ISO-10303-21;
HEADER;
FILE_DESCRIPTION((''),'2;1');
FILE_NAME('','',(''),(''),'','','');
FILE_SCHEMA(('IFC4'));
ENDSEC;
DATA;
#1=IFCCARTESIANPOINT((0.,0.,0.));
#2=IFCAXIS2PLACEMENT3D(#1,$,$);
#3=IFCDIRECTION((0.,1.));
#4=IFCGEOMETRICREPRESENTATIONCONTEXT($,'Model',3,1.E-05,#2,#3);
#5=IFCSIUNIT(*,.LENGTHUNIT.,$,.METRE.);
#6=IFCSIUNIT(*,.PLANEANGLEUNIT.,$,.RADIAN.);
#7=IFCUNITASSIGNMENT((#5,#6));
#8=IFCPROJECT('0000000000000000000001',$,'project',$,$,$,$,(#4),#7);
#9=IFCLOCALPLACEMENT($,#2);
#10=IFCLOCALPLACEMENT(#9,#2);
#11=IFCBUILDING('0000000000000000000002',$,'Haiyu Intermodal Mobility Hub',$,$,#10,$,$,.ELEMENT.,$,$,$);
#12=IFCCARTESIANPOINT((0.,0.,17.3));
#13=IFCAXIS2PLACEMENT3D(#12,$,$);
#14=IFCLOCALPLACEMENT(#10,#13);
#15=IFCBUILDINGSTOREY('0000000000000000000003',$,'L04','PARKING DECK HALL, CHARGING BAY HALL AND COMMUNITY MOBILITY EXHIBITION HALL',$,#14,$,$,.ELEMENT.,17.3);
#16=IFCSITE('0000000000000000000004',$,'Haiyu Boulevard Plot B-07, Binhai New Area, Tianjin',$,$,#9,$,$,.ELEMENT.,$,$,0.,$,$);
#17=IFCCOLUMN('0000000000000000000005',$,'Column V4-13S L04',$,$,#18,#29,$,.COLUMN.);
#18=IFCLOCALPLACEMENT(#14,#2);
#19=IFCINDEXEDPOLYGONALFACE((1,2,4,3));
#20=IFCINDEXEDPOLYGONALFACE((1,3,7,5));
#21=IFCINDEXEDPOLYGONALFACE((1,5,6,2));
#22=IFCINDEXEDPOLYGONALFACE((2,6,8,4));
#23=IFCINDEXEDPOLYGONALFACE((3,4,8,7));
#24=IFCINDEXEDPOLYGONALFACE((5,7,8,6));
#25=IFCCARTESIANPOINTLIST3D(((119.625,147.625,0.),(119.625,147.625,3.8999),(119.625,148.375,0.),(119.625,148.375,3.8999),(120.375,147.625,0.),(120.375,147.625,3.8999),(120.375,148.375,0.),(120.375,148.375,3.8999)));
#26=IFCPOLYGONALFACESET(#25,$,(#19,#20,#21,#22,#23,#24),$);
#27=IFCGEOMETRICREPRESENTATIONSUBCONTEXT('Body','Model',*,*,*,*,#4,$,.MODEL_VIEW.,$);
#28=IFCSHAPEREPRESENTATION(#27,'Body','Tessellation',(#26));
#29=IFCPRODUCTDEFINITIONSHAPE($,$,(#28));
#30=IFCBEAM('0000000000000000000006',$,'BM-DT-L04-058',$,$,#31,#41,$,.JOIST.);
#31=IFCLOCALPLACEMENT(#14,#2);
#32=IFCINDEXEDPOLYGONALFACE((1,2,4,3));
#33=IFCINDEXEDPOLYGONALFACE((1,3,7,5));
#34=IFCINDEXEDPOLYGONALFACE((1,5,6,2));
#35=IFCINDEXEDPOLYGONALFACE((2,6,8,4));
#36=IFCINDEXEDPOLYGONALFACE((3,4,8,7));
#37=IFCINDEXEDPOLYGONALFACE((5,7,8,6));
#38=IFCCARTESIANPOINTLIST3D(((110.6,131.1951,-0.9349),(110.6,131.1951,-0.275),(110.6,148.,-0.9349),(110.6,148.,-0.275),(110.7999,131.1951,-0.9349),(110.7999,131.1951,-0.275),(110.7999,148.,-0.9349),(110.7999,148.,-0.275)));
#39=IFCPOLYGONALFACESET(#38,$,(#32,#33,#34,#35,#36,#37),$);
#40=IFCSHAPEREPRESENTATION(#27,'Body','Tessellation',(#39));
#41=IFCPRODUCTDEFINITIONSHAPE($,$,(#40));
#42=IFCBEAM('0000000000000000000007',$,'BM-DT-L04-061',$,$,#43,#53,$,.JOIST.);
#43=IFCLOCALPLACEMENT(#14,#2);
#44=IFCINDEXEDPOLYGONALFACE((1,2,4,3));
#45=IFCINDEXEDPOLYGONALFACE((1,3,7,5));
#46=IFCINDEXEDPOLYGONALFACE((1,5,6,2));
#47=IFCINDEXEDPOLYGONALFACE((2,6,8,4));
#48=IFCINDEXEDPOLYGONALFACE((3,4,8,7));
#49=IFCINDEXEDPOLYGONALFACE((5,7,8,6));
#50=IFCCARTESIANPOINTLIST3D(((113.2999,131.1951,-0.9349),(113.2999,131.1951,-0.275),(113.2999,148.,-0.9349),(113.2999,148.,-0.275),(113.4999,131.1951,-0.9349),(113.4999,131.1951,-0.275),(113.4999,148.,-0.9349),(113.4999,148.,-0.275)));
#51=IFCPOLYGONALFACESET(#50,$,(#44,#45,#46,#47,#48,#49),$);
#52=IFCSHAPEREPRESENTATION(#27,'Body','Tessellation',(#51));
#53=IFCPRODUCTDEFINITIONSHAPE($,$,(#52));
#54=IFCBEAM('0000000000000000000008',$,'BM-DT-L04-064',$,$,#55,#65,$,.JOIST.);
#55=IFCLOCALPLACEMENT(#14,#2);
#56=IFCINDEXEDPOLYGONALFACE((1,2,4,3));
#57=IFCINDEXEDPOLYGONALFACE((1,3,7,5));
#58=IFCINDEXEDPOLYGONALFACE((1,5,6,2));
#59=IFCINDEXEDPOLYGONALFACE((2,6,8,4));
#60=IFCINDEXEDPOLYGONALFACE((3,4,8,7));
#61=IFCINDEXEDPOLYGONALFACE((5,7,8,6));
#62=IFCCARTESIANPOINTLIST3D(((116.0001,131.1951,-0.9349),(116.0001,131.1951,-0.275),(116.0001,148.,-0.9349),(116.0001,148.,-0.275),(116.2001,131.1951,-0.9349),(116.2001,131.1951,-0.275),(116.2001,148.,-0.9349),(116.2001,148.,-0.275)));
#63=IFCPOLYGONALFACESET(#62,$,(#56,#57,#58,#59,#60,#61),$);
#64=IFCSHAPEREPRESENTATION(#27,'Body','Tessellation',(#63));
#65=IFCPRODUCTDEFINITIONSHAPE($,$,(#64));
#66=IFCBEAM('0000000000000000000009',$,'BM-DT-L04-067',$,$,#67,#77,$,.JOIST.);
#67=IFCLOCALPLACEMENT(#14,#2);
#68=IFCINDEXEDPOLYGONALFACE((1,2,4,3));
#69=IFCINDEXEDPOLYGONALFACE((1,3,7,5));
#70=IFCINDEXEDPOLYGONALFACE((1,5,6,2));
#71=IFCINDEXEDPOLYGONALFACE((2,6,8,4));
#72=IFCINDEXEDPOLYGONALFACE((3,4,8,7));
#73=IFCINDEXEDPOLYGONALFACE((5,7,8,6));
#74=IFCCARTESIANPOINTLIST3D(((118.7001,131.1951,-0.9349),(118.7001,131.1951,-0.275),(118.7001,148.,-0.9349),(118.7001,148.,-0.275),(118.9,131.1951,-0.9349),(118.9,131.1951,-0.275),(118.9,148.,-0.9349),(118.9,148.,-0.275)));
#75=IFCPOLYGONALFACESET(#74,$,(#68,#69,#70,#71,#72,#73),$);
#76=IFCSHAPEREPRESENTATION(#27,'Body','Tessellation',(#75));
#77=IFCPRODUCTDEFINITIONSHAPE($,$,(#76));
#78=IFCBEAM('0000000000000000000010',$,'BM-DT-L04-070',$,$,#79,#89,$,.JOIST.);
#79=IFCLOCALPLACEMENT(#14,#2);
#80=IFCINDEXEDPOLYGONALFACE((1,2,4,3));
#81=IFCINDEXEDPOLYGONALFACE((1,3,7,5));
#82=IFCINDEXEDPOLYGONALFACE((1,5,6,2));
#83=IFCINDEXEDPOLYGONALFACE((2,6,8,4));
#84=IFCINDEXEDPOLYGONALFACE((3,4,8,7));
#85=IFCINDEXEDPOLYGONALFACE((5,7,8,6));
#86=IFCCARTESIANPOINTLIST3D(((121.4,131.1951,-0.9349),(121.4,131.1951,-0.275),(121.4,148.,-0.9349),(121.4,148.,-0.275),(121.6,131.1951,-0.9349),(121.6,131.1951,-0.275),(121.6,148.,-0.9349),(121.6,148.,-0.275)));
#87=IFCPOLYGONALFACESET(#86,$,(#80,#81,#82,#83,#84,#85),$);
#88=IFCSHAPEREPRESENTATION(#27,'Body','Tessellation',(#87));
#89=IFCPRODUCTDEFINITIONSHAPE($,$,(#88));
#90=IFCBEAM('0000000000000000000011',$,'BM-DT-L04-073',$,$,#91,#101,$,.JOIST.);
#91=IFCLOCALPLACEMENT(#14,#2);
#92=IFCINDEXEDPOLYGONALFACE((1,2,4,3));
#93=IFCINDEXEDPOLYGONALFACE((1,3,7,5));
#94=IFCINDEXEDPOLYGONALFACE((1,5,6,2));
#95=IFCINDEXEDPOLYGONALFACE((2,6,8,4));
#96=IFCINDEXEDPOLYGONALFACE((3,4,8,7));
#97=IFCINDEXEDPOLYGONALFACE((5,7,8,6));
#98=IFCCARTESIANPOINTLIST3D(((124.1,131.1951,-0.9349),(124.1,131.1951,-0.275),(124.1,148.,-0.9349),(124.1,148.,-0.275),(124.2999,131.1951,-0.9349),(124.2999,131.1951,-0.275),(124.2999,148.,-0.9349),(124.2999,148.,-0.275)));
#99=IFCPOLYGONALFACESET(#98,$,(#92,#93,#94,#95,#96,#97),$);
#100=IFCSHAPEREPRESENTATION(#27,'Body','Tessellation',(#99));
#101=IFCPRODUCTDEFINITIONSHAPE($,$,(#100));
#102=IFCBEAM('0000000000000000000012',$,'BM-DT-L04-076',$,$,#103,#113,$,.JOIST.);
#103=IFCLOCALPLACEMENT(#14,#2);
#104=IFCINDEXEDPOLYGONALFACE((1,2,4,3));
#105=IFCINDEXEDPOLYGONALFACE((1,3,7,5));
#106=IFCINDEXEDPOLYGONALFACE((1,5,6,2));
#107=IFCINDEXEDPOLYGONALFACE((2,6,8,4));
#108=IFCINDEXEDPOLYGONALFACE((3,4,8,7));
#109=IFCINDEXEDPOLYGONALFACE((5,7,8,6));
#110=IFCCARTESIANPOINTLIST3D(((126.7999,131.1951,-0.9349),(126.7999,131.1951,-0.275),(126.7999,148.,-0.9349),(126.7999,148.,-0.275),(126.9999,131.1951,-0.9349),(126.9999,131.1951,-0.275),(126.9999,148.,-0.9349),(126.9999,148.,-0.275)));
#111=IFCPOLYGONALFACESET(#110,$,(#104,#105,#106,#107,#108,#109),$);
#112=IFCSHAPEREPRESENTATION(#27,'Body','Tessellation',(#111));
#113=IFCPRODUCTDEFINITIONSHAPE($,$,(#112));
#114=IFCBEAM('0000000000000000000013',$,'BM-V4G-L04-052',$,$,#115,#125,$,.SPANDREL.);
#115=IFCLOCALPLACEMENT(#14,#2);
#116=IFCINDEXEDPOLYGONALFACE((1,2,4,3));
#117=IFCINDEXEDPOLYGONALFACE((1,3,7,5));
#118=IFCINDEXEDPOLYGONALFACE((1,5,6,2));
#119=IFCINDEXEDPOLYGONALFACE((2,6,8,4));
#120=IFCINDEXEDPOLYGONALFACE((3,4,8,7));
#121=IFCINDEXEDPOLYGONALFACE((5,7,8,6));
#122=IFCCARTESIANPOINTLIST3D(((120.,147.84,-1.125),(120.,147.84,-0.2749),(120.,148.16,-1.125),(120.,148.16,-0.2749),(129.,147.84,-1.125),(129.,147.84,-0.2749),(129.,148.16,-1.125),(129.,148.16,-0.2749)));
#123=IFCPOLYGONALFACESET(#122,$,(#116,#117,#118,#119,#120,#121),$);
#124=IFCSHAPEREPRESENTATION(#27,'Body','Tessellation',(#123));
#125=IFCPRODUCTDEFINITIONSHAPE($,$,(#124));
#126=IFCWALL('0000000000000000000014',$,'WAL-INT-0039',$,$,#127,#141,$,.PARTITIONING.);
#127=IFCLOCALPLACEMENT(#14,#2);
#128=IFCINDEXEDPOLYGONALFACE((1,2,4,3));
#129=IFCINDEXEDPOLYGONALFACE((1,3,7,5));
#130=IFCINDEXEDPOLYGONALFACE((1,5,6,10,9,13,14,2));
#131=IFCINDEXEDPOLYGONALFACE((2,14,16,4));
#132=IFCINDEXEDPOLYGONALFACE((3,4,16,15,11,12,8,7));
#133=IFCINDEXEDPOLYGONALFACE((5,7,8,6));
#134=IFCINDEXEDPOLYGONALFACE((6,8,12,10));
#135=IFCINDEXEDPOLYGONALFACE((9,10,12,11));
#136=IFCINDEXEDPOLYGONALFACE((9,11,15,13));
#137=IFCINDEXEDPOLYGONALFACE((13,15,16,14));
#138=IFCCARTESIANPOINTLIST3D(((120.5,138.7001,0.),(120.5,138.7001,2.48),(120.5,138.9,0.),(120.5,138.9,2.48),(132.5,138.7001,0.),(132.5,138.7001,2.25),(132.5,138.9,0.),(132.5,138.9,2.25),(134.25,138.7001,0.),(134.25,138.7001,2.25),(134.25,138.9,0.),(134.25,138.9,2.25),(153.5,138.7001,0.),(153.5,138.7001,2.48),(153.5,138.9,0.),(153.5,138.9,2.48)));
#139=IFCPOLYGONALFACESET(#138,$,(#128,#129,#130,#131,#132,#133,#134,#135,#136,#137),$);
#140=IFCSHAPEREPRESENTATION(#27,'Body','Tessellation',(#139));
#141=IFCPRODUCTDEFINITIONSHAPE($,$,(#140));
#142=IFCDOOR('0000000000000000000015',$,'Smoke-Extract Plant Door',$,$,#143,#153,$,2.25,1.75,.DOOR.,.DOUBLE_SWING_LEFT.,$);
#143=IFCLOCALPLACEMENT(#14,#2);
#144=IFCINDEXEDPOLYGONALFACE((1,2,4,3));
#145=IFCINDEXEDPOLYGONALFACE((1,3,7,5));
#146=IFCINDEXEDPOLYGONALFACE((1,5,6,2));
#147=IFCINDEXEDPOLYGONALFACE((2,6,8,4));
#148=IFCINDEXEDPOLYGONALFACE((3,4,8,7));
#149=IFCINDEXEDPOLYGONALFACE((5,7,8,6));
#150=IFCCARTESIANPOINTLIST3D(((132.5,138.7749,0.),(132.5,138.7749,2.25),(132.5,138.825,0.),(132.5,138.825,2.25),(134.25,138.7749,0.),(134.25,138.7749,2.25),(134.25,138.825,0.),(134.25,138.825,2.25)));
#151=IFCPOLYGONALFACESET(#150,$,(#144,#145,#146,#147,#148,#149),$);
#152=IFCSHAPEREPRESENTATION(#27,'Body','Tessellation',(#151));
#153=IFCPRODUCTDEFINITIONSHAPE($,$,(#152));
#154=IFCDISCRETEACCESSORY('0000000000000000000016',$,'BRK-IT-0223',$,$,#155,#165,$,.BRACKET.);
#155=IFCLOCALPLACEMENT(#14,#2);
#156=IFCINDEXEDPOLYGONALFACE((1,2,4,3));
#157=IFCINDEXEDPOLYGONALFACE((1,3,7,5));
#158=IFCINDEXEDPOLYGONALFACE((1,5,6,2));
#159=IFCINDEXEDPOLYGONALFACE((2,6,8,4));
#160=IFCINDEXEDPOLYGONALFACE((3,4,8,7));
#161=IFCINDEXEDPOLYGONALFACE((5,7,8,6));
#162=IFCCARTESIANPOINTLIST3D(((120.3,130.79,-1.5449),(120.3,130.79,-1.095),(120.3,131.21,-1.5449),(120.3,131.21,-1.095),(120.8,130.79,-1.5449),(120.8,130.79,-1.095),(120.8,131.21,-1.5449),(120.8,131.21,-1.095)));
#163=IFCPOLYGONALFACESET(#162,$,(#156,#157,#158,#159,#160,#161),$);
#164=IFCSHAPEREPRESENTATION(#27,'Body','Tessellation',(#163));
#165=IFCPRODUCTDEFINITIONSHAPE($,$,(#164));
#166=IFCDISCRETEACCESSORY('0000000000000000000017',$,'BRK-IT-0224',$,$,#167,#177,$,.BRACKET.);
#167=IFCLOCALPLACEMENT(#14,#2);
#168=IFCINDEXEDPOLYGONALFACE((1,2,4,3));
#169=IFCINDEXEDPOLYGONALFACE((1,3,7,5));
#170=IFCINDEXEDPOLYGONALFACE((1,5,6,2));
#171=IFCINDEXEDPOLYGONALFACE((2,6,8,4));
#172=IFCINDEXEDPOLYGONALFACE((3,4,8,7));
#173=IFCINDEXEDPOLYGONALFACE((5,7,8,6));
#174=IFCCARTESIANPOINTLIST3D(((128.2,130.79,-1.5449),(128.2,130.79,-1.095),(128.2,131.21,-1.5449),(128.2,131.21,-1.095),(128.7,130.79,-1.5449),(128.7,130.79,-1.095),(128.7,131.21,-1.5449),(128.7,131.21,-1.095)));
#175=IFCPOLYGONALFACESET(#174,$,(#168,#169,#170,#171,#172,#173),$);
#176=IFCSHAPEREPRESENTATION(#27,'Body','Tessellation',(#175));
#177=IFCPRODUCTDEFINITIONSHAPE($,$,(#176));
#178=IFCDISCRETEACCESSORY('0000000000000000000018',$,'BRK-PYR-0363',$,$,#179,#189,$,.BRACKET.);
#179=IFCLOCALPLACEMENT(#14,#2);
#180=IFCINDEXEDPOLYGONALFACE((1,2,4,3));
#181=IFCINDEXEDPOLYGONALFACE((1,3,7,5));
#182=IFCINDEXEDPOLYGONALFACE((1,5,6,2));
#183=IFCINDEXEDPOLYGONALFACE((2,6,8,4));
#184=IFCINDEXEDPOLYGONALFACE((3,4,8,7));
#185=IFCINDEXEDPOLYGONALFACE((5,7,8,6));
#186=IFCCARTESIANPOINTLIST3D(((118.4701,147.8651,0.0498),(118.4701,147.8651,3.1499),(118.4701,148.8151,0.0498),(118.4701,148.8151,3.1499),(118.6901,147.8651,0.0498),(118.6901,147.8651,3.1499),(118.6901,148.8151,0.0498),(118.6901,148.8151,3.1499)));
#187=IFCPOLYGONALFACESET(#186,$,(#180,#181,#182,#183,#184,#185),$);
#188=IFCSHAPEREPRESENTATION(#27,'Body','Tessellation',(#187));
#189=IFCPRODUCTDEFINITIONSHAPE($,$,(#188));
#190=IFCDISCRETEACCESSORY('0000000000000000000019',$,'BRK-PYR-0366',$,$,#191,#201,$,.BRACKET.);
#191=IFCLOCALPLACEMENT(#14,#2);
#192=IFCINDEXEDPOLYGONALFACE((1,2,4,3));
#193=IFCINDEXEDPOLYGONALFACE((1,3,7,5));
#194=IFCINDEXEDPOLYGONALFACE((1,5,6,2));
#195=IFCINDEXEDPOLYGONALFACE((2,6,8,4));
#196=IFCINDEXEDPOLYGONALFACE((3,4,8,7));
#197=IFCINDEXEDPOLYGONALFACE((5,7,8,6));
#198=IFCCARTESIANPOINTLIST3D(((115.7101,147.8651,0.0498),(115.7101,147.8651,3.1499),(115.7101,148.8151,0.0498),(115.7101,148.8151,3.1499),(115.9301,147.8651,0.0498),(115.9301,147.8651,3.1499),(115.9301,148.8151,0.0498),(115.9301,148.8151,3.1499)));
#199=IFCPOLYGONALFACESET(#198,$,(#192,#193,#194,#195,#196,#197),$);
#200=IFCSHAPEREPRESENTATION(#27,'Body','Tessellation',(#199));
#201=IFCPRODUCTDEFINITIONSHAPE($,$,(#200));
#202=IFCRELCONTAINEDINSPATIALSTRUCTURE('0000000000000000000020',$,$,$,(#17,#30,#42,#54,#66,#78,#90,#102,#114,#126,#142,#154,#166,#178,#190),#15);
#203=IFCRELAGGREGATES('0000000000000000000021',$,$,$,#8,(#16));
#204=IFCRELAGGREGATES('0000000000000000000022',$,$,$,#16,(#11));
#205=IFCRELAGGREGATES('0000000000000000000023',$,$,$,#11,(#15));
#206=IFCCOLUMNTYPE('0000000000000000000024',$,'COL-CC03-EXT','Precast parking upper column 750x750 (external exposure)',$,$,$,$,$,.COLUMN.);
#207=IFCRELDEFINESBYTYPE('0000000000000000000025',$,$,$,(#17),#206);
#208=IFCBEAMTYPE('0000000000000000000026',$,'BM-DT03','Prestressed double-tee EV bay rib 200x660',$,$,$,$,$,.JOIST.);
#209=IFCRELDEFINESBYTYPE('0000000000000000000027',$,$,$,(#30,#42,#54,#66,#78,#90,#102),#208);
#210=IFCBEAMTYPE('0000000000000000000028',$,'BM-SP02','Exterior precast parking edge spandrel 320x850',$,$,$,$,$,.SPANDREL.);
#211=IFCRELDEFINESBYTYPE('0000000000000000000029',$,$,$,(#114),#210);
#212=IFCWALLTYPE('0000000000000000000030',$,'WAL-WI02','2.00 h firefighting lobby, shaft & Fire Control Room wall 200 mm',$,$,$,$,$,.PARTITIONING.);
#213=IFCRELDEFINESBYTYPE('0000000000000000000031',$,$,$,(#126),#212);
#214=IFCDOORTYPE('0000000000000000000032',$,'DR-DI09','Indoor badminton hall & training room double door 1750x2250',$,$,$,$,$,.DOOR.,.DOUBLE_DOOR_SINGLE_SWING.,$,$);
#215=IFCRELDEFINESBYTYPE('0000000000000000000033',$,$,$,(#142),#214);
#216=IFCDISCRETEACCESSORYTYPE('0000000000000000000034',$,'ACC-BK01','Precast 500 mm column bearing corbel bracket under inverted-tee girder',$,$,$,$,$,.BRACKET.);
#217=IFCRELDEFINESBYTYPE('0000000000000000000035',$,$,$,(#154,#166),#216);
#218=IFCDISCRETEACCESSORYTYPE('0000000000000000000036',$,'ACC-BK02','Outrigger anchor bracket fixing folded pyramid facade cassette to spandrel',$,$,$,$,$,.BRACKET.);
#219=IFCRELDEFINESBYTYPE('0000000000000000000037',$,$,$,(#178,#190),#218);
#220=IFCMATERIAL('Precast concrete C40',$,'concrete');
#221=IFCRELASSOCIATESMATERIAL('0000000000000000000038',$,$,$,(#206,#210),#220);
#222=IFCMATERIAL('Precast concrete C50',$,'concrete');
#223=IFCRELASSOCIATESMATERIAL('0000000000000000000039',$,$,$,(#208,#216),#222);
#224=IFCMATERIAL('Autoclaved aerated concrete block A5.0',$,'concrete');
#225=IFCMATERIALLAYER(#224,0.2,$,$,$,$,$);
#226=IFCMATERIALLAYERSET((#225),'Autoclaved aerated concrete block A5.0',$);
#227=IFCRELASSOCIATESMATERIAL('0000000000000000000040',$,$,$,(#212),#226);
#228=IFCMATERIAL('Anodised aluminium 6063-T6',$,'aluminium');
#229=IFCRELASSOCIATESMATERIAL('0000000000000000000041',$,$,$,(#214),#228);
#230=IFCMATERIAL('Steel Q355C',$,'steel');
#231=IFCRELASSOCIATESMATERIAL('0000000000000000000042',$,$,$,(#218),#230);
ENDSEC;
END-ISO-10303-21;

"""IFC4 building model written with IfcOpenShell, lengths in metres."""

from ifc_helpers import new_model, si_unit, direction, frame, frame_2d, origin, origin_2d, place, context, subcontext, project, spatial, rectangle, extrude, material, layer, layer_set, material_profile, profile_set, type_object, element, fill, save


model = new_model("IFC4")

# Units and contexts
model_context = context("Model", 3, precision=1e-05, world=origin(), true_north=direction((0.0, 1.0)))
body_context = subcontext(model_context, "Body", "Model", "MODEL_VIEW")
ifc_project = project(units=[si_unit("LENGTHUNIT", "METRE"), si_unit("PLANEANGLEUNIT", "RADIAN")], contexts=[model_context])

# Site, building, storey
site_placement = place(None, origin())
site = spatial("IfcSite", under=ifc_project, at=site_placement, Name="Haiyu Boulevard Plot B-07, Binhai New Area, Tianjin", CompositionType="ELEMENT", RefElevation=0.0)
building_placement = place(site_placement, origin())
building = spatial("IfcBuilding", under=site, at=building_placement, Name="Haiyu Intermodal Mobility Hub", CompositionType="ELEMENT")
storey_placement = place(building_placement, frame((0.0, 0.0, 17.3)))
storey = spatial("IfcBuildingStorey", under=building, at=storey_placement, Name="L04", Description="PARKING DECK HALL, CHARGING BAY HALL AND COMMUNITY MOBILITY EXHIBITION HALL", CompositionType="ELEMENT", Elevation=17.3)

# Column
ifc_material_1 = material(Name="Precast concrete C40", Category="concrete")
ifc_material_profile_1 = material_profile(ifc_material_1, rectangle(XDim=0.75, YDim=0.75, at=origin_2d()), Name="RC750x750")
ifc_profile_set_1 = profile_set([ifc_material_profile_1], Name="Precast concrete C40")
column_type = type_object("IfcColumnType", Name="COL-CC03-EXT", Description="Precast parking upper column 750x750 (external exposure)", PredefinedType="COLUMN", material=ifc_profile_set_1)
column_placement = place(storey_placement, frame((120.0, 148.0, 0.0), z_axis=(0.0, 0.0, 1.0), x_axis=(1.0, 0.0, 0.0)))
element("IfcColumn", 1, at=column_placement, inside=storey, type_object=column_type, Name="Column V4-13S L04", PredefinedType="COLUMN", context=body_context, shape_type="SweptSolid", body=[
    extrude(rectangle(XDim=0.75, YDim=0.75, at=origin_2d()), origin(), (0.0, 0.0, 1.0), 3.8999),
])

# Beams
ifc_material_2 = material(Name="Precast concrete C50", Category="concrete")
ifc_material_profile_2 = material_profile(ifc_material_2, rectangle(XDim=0.2, YDim=0.6599, at=origin_2d()), Name="PC200x660")
ifc_profile_set_2 = profile_set([ifc_material_profile_2], Name="Precast concrete C50")
beam_type_1 = type_object("IfcBeamType", Name="BM-DT03", Description="Prestressed double-tee EV bay rib 200x660", PredefinedType="JOIST", material=ifc_profile_set_2)
for number, where, z_axis, x_axis, name in (
    (2, (110.7, 131.1951, -0.605), (0.0, 1.0, 0.0), (-1.0, 0.0, 0.0), "BM-DT-L04-058"),
    (3, (113.3999, 131.1951, -0.605), (0.0, 1.0, 0.0), (-1.0, 0.0, 0.0), "BM-DT-L04-061"),
    (4, (116.1001, 131.1951, -0.605), (0.0, 1.0, 0.0), (-1.0, 0.0, 0.0), "BM-DT-L04-064"),
    (5, (118.8, 131.1951, -0.605), (0.0, 1.0, 0.0), (-1.0, 0.0, 0.0), "BM-DT-L04-067"),
    (6, (121.5, 131.1951, -0.605), (0.0, 1.0, 0.0), (-1.0, 0.0, 0.0), "BM-DT-L04-070"),
    (7, (124.2, 131.1951, -0.605), (0.0, 1.0, 0.0), (-1.0, 0.0, 0.0), "BM-DT-L04-073"),
    (8, (126.8999, 131.1951, -0.605), (0.0, 1.0, 0.0), (-1.0, 0.0, 0.0), "BM-DT-L04-076"),
):
    element("IfcBeam", number, at=place(storey_placement, frame(where, z_axis=z_axis, x_axis=x_axis)), inside=storey, type_object=beam_type_1, Name=name, PredefinedType="JOIST", context=body_context, shape_type="SweptSolid", body=[
        extrude(rectangle(XDim=0.2, YDim=0.6599, at=origin_2d()), origin(), (0.0, 0.0, 1.0), 16.8049),
    ])
ifc_material_profile_3 = material_profile(ifc_material_1, rectangle(XDim=0.3201, YDim=0.8501, at=origin_2d()), Name="PC320x850")
ifc_profile_set_3 = profile_set([ifc_material_profile_3], Name="Precast concrete C40")
beam_type_2 = type_object("IfcBeamType", Name="BM-SP02", Description="Exterior precast parking edge spandrel 320x850", PredefinedType="SPANDREL", material=ifc_profile_set_3)
beam_placement = place(storey_placement, frame((120.0, 148.0, -0.7), z_axis=(1.0, 0.0, 0.0), x_axis=(0.0, 1.0, 0.0)))
element("IfcBeam", 9, at=beam_placement, inside=storey, type_object=beam_type_2, Name="BM-V4G-L04-052", PredefinedType="SPANDREL", context=body_context, shape_type="SweptSolid", body=[
    extrude(rectangle(XDim=0.3201, YDim=0.8501, at=origin_2d()), origin(), (0.0, 0.0, 1.0), 9.0),
])

# Wall, opening, door
ifc_material_3 = material(Name="Autoclaved aerated concrete block A5.0", Category="concrete")
ifc_layer = layer(ifc_material_3, 0.2)
ifc_layer_set = layer_set([ifc_layer], Name="Autoclaved aerated concrete block A5.0")
wall_type = type_object("IfcWallType", Name="WAL-WI02", Description="2.00 h firefighting lobby, shaft & Fire Control Room wall 200 mm", PredefinedType="PARTITIONING", material=ifc_layer_set)
wall_placement = place(storey_placement, frame((120.5, 138.8, 0.0), z_axis=(0.0, 0.0, 1.0), x_axis=(1.0, 0.0, 0.0)))
wall = element("IfcWall", 10, at=wall_placement, inside=storey, type_object=wall_type, Name="WAL-INT-0039", PredefinedType="PARTITIONING", context=body_context, shape_type="SweptSolid", body=[
    extrude(rectangle(XDim=33.0, YDim=0.2, at=frame_2d((16.5, 0.0))), origin(), (0.0, 0.0, 1.0), 2.48),
])
opening_placement = place(wall_placement, frame((12.0, 0.0, 0.0)))
opening = element("IfcOpeningElement", 11, at=opening_placement, cuts=wall, PredefinedType="OPENING", context=body_context, shape_type="SweptSolid", body=[
    extrude(rectangle(XDim=1.75, YDim=2.25, at=frame_2d((0.875, 1.125))), frame((0.0, 0.1099, 0.0), z_axis=(0.0, -1.0, 0.0), x_axis=(1.0, 0.0, 0.0)), (0.0, 0.0, 1.0), 0.22),
])
ifc_material_4 = material(Name="Anodised aluminium 6063-T6", Category="aluminium")
door_type = type_object("IfcDoorType", Name="DR-DI09", Description="Indoor badminton hall & training room double door 1750x2250", OperationType="DOUBLE_DOOR_SINGLE_SWING", PredefinedType="DOOR", material=ifc_material_4)
door_placement = place(opening_placement, origin())
door = element("IfcDoor", 12, at=door_placement, inside=storey, type_object=door_type, Name="Smoke-Extract Plant Door", OperationType="DOUBLE_SWING_LEFT", OverallHeight=2.25, OverallWidth=1.75, PredefinedType="DOOR", context=body_context, shape_type="SweptSolid", body=[
    extrude(rectangle(XDim=1.75, YDim=2.25, at=frame_2d((0.875, 1.125))), frame((0.0, 0.0249, 0.0), z_axis=(0.0, -1.0, 0.0), x_axis=(1.0, 0.0, 0.0)), (0.0, 0.0, 1.0), 0.05),
])
fill(opening, door)

# Shared definitions
ifc_material_5 = material(Name="Steel Q355C", Category="steel")

# Discrete accessories
discrete_accessory_type_1 = type_object("IfcDiscreteAccessoryType", Name="ACC-BK01", Description="Precast 500 mm column bearing corbel bracket under inverted-tee girder", PredefinedType="BRACKET", material=ifc_material_2)
for number, where, z_axis, x_axis, name in (
    (13, (120.55, 131.0, -1.5449), (0.0, 0.0, 1.0), (1.0, 0.0, 0.0), "BRK-IT-0223"),
    (14, (128.45, 131.0, -1.5449), (0.0, 0.0, 1.0), (1.0, 0.0, 0.0), "BRK-IT-0224"),
):
    element("IfcDiscreteAccessory", number, at=place(storey_placement, frame(where, z_axis=z_axis, x_axis=x_axis)), inside=storey, type_object=discrete_accessory_type_1, Name=name, PredefinedType="BRACKET", context=body_context, shape_type="SweptSolid", body=[
        extrude(rectangle(XDim=0.5, YDim=0.4199, at=origin_2d()), origin(), (0.0, 0.0, 1.0), 0.45),
    ])
discrete_accessory_type_2 = type_object("IfcDiscreteAccessoryType", Name="ACC-BK02", Description="Outrigger anchor bracket fixing folded pyramid facade cassette to spandrel", PredefinedType="BRACKET", material=ifc_material_5)
for number, where, z_axis, x_axis, name in (
    (15, (118.5801, 148.3401, 0.0498), (0.0, 0.0, 1.0), (1.0, 0.0, 0.0), "BRK-PYR-0363"),
    (16, (115.8201, 148.3401, 0.0498), (0.0, 0.0, 1.0), (1.0, 0.0, 0.0), "BRK-PYR-0366"),
):
    element("IfcDiscreteAccessory", number, at=place(storey_placement, frame(where, z_axis=z_axis, x_axis=x_axis)), inside=storey, type_object=discrete_accessory_type_2, Name=name, PredefinedType="BRACKET", context=body_context, shape_type="SweptSolid", body=[
        extrude(rectangle(XDim=0.22, YDim=0.95, at=origin_2d()), origin(), (0.0, 0.0, 1.0), 3.1001),
    ])

save(model, "model.ifc")
